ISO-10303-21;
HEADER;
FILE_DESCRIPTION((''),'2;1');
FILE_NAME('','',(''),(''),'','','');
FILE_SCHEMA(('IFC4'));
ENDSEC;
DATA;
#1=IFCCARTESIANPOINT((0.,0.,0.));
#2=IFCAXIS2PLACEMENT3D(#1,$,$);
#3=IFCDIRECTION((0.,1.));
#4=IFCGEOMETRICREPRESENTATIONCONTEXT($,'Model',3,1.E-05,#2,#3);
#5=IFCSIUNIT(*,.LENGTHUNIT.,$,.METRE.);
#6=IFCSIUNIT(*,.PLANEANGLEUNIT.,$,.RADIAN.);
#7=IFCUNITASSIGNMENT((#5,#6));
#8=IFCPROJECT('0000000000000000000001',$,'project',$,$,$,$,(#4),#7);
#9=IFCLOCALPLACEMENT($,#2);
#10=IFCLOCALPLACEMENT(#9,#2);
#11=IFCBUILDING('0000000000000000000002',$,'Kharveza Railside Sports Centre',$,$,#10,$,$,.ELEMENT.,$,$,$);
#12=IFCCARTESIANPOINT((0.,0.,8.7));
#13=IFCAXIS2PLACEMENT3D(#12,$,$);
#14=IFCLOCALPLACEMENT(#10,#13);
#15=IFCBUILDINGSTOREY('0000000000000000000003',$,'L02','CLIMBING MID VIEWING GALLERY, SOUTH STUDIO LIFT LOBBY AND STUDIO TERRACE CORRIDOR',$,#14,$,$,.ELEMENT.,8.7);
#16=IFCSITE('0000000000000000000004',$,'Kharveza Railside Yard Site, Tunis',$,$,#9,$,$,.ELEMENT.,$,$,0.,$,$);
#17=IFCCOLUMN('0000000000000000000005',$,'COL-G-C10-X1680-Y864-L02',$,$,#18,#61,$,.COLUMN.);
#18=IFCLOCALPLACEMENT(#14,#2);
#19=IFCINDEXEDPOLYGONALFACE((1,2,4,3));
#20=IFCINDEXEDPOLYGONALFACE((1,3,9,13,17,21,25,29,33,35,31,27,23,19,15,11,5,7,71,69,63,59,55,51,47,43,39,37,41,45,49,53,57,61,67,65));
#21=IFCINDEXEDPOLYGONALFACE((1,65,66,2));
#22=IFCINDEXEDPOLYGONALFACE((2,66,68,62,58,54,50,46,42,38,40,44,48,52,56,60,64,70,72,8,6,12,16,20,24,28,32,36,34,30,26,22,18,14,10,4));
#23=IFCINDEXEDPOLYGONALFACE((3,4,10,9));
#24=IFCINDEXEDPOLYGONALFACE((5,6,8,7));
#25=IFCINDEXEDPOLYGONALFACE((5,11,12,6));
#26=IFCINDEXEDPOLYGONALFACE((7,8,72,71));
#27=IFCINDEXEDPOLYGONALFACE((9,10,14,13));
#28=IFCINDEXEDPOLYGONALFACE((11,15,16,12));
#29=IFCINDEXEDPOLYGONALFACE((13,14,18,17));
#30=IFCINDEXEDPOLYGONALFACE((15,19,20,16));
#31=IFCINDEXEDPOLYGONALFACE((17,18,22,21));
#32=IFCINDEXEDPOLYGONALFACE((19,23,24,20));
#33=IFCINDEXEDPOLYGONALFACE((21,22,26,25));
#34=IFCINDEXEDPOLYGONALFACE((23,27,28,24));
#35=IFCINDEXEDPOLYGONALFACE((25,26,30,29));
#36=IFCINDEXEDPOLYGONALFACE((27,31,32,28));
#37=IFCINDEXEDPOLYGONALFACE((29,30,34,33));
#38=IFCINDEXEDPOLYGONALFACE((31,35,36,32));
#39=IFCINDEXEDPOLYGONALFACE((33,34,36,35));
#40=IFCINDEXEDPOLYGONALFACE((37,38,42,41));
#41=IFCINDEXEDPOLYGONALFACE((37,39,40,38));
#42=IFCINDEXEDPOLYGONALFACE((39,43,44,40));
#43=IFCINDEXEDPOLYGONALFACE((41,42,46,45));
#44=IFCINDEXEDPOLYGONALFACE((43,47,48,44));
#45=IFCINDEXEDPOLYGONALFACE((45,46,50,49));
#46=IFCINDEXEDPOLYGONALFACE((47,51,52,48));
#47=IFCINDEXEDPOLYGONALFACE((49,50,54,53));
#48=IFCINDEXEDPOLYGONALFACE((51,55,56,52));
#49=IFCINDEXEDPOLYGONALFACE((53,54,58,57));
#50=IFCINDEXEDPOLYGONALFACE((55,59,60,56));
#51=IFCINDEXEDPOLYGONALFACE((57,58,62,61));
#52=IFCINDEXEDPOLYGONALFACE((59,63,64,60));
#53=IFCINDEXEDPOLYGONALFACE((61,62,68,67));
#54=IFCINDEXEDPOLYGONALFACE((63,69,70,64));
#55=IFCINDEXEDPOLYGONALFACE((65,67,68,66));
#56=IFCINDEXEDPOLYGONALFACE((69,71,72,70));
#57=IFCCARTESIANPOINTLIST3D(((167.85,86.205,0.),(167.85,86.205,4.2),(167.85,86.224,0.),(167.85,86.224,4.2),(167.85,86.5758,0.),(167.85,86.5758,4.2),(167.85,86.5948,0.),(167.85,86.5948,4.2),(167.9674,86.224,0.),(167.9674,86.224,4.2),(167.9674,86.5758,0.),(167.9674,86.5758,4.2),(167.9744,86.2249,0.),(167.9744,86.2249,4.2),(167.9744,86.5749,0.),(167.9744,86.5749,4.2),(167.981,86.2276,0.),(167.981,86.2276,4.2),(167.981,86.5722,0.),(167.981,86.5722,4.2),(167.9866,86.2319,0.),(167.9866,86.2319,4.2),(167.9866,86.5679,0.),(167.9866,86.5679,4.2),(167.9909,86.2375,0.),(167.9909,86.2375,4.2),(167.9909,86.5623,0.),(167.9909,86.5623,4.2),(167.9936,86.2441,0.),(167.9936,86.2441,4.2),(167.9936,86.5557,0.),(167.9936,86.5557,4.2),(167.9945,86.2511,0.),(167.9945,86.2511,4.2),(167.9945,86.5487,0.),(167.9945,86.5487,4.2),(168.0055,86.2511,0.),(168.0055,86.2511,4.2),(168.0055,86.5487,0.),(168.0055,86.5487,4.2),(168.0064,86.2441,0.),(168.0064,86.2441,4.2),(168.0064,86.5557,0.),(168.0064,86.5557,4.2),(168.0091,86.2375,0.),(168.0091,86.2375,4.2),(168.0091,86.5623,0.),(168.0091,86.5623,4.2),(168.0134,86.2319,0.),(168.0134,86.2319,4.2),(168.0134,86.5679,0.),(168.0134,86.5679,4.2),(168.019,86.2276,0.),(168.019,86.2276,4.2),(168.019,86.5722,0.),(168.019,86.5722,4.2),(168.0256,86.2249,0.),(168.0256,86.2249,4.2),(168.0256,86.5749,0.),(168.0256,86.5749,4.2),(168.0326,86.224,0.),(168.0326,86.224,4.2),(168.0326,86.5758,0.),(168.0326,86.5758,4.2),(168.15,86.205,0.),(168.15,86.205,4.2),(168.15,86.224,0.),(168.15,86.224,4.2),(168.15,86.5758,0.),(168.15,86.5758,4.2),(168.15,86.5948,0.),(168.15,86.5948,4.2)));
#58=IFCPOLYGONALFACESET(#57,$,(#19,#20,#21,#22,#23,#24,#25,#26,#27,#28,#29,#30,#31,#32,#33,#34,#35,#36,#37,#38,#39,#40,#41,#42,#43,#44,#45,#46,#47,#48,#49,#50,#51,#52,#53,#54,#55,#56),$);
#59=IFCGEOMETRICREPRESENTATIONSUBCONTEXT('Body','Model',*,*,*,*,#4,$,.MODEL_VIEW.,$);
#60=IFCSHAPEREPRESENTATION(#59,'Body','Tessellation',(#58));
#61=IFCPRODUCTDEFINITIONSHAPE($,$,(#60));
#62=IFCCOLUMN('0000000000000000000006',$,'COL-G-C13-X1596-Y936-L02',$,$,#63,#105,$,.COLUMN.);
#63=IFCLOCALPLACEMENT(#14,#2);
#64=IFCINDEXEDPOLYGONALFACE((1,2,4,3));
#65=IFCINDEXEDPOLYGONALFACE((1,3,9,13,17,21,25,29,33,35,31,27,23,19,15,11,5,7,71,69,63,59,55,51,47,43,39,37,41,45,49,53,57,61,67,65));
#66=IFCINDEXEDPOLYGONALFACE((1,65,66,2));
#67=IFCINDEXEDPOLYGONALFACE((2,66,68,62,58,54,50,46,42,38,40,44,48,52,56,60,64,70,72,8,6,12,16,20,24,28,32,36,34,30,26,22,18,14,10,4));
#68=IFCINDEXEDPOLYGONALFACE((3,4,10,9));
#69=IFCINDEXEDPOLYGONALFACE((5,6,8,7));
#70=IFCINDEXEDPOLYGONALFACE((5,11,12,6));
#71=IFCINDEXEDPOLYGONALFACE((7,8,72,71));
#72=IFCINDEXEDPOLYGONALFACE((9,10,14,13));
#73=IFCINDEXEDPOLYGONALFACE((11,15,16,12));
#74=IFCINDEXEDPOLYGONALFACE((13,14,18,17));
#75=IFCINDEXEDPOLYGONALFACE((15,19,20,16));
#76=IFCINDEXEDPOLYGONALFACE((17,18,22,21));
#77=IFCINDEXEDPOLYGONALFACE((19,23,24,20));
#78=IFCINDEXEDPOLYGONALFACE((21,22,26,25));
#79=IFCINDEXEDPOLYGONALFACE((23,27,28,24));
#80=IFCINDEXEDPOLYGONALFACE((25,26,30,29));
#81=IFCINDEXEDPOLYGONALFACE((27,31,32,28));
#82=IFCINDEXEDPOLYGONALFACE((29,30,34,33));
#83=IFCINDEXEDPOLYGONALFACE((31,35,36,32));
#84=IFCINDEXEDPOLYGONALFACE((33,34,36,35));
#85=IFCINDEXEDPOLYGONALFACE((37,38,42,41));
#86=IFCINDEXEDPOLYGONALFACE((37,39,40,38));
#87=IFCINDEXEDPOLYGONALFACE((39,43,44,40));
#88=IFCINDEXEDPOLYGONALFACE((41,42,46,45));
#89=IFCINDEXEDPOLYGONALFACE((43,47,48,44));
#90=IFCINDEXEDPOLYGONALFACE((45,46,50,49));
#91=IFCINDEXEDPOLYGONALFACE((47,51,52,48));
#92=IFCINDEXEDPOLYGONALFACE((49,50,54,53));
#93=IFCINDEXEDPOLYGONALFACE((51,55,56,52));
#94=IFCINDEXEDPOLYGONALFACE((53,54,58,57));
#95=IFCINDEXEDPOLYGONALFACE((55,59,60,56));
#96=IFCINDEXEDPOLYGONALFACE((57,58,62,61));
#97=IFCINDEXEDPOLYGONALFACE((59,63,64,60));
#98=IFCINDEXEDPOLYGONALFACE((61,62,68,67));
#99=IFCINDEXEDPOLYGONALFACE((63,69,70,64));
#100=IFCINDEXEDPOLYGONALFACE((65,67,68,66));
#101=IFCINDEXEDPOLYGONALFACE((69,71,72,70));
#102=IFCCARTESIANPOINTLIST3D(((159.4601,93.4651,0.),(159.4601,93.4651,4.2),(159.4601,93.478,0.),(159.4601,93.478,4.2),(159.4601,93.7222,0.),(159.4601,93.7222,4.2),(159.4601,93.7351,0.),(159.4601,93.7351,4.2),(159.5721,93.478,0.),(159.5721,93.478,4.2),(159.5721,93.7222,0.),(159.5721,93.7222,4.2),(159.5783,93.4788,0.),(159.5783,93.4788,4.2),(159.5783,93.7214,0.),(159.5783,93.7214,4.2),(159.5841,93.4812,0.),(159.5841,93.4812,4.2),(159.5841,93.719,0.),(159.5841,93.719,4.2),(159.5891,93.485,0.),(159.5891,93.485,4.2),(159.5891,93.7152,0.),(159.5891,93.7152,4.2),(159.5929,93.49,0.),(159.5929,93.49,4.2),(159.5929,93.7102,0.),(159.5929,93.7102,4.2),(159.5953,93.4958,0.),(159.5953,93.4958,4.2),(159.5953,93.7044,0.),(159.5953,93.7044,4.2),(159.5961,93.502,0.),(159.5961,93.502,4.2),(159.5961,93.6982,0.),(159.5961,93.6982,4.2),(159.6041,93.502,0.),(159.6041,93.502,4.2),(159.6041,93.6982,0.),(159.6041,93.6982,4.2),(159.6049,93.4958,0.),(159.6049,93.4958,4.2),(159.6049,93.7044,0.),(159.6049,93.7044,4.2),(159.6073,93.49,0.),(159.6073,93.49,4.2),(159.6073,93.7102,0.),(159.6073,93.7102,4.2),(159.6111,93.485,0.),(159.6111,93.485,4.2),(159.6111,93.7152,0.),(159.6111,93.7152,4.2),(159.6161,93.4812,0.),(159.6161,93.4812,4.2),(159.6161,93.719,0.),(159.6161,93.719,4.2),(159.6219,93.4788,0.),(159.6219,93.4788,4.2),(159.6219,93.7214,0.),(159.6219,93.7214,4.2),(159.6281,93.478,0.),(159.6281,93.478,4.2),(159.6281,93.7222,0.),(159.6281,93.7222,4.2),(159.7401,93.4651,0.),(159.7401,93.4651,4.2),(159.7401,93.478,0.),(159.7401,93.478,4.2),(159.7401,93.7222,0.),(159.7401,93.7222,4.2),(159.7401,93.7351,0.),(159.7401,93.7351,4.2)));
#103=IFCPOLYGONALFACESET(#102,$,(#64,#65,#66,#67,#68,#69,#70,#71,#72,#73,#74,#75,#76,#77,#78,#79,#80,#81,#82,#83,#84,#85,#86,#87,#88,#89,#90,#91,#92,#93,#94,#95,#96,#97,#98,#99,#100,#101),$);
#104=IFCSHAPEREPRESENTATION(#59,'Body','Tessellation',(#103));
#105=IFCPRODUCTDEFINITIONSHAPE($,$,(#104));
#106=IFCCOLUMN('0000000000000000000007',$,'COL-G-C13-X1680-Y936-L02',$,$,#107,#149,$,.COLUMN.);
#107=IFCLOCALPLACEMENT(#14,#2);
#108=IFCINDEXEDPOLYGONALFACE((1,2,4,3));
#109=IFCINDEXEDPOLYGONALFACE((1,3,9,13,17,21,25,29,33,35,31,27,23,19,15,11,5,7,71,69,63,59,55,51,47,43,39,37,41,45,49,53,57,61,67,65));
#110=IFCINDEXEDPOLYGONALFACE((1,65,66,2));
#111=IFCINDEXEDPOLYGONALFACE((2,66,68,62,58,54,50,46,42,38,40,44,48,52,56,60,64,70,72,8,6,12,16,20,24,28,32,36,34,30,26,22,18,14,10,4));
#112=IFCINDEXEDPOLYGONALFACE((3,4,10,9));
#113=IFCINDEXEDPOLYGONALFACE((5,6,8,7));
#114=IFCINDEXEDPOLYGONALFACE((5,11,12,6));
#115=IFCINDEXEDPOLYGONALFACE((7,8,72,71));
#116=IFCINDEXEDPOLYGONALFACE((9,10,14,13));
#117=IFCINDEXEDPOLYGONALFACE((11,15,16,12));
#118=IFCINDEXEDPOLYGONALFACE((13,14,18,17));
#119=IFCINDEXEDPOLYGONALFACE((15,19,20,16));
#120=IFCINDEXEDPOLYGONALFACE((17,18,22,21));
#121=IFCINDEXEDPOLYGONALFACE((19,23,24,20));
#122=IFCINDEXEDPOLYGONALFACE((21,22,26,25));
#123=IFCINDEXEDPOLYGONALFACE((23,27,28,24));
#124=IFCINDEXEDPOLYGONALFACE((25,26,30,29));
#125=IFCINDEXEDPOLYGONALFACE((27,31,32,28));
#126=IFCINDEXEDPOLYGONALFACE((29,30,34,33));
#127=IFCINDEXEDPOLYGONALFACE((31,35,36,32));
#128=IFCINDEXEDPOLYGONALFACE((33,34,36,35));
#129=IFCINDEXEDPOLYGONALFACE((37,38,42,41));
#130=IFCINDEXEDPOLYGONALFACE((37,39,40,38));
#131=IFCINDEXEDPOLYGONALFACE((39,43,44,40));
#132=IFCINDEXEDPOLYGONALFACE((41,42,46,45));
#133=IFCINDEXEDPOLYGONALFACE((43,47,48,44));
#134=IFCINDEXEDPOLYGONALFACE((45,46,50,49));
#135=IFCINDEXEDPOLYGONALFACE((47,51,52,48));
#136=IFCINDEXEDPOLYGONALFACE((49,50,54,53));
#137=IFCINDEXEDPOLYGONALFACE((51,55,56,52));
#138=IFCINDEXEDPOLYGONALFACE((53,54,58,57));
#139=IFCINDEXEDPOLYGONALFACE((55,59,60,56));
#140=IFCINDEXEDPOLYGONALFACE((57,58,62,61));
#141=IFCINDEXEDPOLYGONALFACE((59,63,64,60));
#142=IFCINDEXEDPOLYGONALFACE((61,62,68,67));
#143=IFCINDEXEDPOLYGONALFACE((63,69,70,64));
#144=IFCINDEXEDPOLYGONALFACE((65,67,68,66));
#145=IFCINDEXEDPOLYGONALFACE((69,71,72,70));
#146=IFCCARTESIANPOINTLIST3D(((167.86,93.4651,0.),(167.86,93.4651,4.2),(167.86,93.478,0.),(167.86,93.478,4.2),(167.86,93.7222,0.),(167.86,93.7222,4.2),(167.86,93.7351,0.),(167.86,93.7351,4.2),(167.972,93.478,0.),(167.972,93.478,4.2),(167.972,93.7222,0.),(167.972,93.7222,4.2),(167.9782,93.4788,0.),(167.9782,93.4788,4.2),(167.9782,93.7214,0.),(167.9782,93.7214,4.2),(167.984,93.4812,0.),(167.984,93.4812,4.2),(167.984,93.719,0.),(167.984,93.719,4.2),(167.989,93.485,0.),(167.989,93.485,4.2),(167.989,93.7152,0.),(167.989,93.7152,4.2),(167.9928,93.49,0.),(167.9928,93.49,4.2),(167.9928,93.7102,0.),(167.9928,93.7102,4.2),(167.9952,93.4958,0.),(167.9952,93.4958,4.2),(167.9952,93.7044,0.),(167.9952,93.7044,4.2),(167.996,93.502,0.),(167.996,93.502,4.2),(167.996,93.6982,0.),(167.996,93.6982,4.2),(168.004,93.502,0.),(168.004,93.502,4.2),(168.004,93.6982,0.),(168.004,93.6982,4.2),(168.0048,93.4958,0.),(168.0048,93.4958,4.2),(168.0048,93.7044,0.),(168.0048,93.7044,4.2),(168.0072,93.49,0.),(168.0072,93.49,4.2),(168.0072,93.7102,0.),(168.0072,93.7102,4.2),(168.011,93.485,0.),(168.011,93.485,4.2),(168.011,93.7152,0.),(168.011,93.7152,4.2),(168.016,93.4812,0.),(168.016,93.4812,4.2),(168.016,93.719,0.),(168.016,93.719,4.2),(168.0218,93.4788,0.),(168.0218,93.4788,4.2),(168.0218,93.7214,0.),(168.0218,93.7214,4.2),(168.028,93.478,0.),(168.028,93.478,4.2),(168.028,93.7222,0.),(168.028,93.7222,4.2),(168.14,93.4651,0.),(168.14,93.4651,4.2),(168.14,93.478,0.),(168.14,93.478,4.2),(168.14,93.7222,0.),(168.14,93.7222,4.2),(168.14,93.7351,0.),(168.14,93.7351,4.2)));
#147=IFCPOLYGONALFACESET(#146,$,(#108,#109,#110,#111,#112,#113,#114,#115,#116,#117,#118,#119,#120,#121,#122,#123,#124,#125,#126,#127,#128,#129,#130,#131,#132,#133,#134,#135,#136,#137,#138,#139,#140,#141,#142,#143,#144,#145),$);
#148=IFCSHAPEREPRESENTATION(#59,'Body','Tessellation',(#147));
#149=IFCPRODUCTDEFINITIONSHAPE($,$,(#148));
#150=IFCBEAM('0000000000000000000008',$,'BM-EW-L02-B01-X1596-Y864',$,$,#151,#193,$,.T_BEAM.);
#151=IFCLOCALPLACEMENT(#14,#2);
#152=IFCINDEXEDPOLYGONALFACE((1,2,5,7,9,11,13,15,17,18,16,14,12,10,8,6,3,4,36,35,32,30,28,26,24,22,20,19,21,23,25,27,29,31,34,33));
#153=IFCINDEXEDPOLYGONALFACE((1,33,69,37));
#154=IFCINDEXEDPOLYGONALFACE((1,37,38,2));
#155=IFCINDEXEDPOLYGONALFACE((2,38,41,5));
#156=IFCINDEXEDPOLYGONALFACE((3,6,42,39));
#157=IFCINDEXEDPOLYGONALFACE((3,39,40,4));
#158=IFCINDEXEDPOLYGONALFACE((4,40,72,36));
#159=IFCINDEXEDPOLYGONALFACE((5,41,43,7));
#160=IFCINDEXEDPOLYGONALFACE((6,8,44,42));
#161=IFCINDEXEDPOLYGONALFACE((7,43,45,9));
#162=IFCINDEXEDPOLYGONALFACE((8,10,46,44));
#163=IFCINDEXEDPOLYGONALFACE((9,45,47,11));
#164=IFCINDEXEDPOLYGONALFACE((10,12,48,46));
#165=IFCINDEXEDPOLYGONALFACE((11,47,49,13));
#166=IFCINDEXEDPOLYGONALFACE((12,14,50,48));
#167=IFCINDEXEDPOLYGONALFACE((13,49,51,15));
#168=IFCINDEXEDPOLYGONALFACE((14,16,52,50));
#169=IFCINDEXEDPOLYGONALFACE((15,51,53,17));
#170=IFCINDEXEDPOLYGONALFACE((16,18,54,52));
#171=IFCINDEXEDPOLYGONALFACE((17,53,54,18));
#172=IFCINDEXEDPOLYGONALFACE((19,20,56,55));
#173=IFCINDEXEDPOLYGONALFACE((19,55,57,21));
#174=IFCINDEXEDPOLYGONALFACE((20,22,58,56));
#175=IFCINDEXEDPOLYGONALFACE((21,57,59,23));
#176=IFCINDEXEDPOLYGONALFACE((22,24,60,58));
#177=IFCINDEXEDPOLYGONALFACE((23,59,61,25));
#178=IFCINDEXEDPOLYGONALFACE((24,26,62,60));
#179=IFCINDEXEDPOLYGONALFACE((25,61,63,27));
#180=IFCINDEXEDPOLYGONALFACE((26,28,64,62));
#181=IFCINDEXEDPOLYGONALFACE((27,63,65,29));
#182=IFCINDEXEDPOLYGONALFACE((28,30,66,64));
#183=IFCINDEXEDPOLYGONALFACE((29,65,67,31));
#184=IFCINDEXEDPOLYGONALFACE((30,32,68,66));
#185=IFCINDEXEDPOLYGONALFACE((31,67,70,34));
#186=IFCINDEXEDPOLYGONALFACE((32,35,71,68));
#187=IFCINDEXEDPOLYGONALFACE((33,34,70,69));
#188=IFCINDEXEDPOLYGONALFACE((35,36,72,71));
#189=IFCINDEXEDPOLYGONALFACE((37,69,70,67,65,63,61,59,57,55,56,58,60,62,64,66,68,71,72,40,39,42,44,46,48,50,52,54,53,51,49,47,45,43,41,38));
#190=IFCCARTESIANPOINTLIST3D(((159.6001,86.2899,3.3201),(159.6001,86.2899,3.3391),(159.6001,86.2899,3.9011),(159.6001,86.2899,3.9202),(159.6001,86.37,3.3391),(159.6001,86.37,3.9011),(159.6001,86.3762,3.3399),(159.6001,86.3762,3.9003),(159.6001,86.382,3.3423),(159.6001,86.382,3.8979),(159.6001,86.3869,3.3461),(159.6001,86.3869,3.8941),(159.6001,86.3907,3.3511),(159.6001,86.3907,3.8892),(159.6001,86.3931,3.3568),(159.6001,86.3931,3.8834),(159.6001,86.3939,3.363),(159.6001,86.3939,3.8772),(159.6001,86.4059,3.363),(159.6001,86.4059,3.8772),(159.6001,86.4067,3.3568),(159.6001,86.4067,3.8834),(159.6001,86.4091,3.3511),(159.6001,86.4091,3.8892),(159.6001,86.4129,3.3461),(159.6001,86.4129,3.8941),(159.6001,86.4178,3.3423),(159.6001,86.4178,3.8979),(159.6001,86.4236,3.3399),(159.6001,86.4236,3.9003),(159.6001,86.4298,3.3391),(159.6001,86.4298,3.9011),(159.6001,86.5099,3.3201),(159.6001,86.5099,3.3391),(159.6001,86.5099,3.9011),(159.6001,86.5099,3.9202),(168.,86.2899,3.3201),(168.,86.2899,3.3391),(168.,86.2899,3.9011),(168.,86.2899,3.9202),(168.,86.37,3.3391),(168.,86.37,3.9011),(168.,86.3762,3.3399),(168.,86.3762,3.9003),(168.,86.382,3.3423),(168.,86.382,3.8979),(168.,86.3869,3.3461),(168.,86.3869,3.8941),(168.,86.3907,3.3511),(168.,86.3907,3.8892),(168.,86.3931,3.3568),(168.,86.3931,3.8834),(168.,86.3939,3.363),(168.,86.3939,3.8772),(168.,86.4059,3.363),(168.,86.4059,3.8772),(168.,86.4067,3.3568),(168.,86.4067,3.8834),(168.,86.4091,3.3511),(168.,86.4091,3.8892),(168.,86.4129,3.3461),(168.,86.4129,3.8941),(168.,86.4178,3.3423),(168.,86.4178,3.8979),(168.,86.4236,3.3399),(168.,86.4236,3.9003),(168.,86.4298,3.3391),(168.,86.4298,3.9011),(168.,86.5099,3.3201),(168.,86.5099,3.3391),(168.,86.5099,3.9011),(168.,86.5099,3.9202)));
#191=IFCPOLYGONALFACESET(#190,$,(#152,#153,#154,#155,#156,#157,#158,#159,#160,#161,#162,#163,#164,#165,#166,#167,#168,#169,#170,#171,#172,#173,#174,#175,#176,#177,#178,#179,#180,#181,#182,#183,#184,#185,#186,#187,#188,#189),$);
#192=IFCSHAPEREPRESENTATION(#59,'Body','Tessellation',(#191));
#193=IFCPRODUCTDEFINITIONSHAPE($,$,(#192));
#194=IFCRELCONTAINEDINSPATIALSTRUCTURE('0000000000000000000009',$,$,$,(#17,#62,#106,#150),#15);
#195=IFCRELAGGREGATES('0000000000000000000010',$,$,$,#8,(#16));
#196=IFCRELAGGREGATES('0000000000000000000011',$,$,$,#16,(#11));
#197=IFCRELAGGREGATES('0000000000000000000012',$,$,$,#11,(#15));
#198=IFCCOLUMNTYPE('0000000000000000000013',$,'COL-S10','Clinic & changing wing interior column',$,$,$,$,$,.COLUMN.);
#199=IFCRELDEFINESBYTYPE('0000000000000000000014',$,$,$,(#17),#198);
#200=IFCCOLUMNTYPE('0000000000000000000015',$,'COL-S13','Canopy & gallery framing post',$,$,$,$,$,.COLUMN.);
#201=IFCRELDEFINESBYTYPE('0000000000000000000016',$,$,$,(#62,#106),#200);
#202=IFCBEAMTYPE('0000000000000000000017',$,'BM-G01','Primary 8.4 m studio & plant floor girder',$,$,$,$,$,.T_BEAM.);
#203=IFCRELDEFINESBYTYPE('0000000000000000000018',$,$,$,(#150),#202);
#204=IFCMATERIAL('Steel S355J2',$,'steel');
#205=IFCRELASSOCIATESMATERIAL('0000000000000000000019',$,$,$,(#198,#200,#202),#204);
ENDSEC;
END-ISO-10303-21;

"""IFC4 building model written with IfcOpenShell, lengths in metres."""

from ifc_helpers import new_model, si_unit, direction, frame, origin, origin_2d, place, context, subcontext, project, spatial, i_section, extrude, material, material_profile, profile_set, type_object, element, save


model = new_model("IFC4")

# Units and contexts
model_context = context("Model", 3, precision=1e-05, world=origin(), true_north=direction((0.0, 1.0)))
body_context = subcontext(model_context, "Body", "Model", "MODEL_VIEW")
ifc_project = project(units=[si_unit("LENGTHUNIT", "METRE"), si_unit("PLANEANGLEUNIT", "RADIAN")], contexts=[model_context])

# Site, building, storey
site_placement = place(None, origin())
site = spatial("IfcSite", under=ifc_project, at=site_placement, Name="Kharveza Railside Yard Site, Tunis", CompositionType="ELEMENT", RefElevation=0.0)
building_placement = place(site_placement, origin())
building = spatial("IfcBuilding", under=site, at=building_placement, Name="Kharveza Railside Sports Centre", CompositionType="ELEMENT")
storey_placement = place(building_placement, frame((0.0, 0.0, 8.7)))
storey = spatial("IfcBuildingStorey", under=building, at=storey_placement, Name="L02", Description="CLIMBING MID VIEWING GALLERY, SOUTH STUDIO LIFT LOBBY AND STUDIO TERRACE CORRIDOR", CompositionType="ELEMENT", Elevation=8.7)

# Columns
ifc_material_1 = material(Name="Steel S355J2", Category="steel")
ifc_material_profile_1 = material_profile(ifc_material_1, i_section(OverallWidth=0.3, OverallDepth=0.3899, WebThickness=0.011, FlangeThickness=0.019, FilletRadius=0.0271, at=origin_2d()), Name="HEA 400")
ifc_profile_set_1 = profile_set([ifc_material_profile_1], Name="Steel S355J2")
column_type_1 = type_object("IfcColumnType", Name="COL-S10", Description="Clinic & changing wing interior column", PredefinedType="COLUMN", material=ifc_profile_set_1)
column_placement = place(storey_placement, frame((168.0, 86.3999, 0.0), z_axis=(0.0, 0.0, 1.0), x_axis=(1.0, 0.0, 0.0)))
element("IfcColumn", 1, at=column_placement, inside=storey, type_object=column_type_1, Name="COL-G-C10-X1680-Y864-L02", PredefinedType="COLUMN", context=body_context, shape_type="SweptSolid", body=[
    extrude(i_section(OverallWidth=0.3, OverallDepth=0.3899, WebThickness=0.011, FlangeThickness=0.019, FilletRadius=0.0271, at=origin_2d()), origin(), (0.0, 0.0, 1.0), 4.2),
])
ifc_material_profile_2 = material_profile(ifc_material_1, i_section(OverallWidth=0.28, OverallDepth=0.27, WebThickness=0.0081, FlangeThickness=0.0129, FilletRadius=0.0239, at=origin_2d()), Name="HEA 280")
ifc_profile_set_2 = profile_set([ifc_material_profile_2], Name="Steel S355J2")
column_type_2 = type_object("IfcColumnType", Name="COL-S13", Description="Canopy & gallery framing post", PredefinedType="COLUMN", material=ifc_profile_set_2)
for number, where, z_axis, x_axis, name in (
    (2, (159.6001, 93.6001, 0.0), (0.0, 0.0, 1.0), (1.0, 0.0, 0.0), "COL-G-C13-X1596-Y936-L02"),
    (3, (168.0, 93.6001, 0.0), (0.0, 0.0, 1.0), (1.0, 0.0, 0.0), "COL-G-C13-X1680-Y936-L02"),
):
    element("IfcColumn", number, at=place(storey_placement, frame(where, z_axis=z_axis, x_axis=x_axis)), inside=storey, type_object=column_type_2, Name=name, PredefinedType="COLUMN", context=body_context, shape_type="SweptSolid", body=[
        extrude(i_section(OverallWidth=0.28, OverallDepth=0.27, WebThickness=0.0081, FlangeThickness=0.0129, FilletRadius=0.0239, at=origin_2d()), origin(), (0.0, 0.0, 1.0), 4.2),
    ])

# Beam
ifc_material_profile_3 = material_profile(ifc_material_1, i_section(OverallWidth=0.22, OverallDepth=0.6001, WebThickness=0.012, FlangeThickness=0.019, FilletRadius=0.0239, at=origin_2d()), Name="IPE 600")
ifc_profile_set_3 = profile_set([ifc_material_profile_3], Name="Steel S355J2")
beam_type_1 = type_object("IfcBeamType", Name="BM-G01", Description="Primary 8.4 m studio & plant floor girder", PredefinedType="T_BEAM", material=ifc_profile_set_3)
beam_1_placement = place(storey_placement, frame((159.6001, 86.3999, 3.6201), z_axis=(1.0, 0.0, 0.0), x_axis=(0.0, 1.0, 0.0)))
element("IfcBeam", 4, at=beam_1_placement, inside=storey, type_object=beam_type_1, Name="BM-EW-L02-B01-X1596-Y864", PredefinedType="T_BEAM", context=body_context, shape_type="SweptSolid", body=[
    extrude(i_section(OverallWidth=0.22, OverallDepth=0.6001, WebThickness=0.012, FlangeThickness=0.019, FilletRadius=0.0239, at=origin_2d()), origin(), (0.0, 0.0, 1.0), 8.3999),
])

save(model, "model.ifc")
